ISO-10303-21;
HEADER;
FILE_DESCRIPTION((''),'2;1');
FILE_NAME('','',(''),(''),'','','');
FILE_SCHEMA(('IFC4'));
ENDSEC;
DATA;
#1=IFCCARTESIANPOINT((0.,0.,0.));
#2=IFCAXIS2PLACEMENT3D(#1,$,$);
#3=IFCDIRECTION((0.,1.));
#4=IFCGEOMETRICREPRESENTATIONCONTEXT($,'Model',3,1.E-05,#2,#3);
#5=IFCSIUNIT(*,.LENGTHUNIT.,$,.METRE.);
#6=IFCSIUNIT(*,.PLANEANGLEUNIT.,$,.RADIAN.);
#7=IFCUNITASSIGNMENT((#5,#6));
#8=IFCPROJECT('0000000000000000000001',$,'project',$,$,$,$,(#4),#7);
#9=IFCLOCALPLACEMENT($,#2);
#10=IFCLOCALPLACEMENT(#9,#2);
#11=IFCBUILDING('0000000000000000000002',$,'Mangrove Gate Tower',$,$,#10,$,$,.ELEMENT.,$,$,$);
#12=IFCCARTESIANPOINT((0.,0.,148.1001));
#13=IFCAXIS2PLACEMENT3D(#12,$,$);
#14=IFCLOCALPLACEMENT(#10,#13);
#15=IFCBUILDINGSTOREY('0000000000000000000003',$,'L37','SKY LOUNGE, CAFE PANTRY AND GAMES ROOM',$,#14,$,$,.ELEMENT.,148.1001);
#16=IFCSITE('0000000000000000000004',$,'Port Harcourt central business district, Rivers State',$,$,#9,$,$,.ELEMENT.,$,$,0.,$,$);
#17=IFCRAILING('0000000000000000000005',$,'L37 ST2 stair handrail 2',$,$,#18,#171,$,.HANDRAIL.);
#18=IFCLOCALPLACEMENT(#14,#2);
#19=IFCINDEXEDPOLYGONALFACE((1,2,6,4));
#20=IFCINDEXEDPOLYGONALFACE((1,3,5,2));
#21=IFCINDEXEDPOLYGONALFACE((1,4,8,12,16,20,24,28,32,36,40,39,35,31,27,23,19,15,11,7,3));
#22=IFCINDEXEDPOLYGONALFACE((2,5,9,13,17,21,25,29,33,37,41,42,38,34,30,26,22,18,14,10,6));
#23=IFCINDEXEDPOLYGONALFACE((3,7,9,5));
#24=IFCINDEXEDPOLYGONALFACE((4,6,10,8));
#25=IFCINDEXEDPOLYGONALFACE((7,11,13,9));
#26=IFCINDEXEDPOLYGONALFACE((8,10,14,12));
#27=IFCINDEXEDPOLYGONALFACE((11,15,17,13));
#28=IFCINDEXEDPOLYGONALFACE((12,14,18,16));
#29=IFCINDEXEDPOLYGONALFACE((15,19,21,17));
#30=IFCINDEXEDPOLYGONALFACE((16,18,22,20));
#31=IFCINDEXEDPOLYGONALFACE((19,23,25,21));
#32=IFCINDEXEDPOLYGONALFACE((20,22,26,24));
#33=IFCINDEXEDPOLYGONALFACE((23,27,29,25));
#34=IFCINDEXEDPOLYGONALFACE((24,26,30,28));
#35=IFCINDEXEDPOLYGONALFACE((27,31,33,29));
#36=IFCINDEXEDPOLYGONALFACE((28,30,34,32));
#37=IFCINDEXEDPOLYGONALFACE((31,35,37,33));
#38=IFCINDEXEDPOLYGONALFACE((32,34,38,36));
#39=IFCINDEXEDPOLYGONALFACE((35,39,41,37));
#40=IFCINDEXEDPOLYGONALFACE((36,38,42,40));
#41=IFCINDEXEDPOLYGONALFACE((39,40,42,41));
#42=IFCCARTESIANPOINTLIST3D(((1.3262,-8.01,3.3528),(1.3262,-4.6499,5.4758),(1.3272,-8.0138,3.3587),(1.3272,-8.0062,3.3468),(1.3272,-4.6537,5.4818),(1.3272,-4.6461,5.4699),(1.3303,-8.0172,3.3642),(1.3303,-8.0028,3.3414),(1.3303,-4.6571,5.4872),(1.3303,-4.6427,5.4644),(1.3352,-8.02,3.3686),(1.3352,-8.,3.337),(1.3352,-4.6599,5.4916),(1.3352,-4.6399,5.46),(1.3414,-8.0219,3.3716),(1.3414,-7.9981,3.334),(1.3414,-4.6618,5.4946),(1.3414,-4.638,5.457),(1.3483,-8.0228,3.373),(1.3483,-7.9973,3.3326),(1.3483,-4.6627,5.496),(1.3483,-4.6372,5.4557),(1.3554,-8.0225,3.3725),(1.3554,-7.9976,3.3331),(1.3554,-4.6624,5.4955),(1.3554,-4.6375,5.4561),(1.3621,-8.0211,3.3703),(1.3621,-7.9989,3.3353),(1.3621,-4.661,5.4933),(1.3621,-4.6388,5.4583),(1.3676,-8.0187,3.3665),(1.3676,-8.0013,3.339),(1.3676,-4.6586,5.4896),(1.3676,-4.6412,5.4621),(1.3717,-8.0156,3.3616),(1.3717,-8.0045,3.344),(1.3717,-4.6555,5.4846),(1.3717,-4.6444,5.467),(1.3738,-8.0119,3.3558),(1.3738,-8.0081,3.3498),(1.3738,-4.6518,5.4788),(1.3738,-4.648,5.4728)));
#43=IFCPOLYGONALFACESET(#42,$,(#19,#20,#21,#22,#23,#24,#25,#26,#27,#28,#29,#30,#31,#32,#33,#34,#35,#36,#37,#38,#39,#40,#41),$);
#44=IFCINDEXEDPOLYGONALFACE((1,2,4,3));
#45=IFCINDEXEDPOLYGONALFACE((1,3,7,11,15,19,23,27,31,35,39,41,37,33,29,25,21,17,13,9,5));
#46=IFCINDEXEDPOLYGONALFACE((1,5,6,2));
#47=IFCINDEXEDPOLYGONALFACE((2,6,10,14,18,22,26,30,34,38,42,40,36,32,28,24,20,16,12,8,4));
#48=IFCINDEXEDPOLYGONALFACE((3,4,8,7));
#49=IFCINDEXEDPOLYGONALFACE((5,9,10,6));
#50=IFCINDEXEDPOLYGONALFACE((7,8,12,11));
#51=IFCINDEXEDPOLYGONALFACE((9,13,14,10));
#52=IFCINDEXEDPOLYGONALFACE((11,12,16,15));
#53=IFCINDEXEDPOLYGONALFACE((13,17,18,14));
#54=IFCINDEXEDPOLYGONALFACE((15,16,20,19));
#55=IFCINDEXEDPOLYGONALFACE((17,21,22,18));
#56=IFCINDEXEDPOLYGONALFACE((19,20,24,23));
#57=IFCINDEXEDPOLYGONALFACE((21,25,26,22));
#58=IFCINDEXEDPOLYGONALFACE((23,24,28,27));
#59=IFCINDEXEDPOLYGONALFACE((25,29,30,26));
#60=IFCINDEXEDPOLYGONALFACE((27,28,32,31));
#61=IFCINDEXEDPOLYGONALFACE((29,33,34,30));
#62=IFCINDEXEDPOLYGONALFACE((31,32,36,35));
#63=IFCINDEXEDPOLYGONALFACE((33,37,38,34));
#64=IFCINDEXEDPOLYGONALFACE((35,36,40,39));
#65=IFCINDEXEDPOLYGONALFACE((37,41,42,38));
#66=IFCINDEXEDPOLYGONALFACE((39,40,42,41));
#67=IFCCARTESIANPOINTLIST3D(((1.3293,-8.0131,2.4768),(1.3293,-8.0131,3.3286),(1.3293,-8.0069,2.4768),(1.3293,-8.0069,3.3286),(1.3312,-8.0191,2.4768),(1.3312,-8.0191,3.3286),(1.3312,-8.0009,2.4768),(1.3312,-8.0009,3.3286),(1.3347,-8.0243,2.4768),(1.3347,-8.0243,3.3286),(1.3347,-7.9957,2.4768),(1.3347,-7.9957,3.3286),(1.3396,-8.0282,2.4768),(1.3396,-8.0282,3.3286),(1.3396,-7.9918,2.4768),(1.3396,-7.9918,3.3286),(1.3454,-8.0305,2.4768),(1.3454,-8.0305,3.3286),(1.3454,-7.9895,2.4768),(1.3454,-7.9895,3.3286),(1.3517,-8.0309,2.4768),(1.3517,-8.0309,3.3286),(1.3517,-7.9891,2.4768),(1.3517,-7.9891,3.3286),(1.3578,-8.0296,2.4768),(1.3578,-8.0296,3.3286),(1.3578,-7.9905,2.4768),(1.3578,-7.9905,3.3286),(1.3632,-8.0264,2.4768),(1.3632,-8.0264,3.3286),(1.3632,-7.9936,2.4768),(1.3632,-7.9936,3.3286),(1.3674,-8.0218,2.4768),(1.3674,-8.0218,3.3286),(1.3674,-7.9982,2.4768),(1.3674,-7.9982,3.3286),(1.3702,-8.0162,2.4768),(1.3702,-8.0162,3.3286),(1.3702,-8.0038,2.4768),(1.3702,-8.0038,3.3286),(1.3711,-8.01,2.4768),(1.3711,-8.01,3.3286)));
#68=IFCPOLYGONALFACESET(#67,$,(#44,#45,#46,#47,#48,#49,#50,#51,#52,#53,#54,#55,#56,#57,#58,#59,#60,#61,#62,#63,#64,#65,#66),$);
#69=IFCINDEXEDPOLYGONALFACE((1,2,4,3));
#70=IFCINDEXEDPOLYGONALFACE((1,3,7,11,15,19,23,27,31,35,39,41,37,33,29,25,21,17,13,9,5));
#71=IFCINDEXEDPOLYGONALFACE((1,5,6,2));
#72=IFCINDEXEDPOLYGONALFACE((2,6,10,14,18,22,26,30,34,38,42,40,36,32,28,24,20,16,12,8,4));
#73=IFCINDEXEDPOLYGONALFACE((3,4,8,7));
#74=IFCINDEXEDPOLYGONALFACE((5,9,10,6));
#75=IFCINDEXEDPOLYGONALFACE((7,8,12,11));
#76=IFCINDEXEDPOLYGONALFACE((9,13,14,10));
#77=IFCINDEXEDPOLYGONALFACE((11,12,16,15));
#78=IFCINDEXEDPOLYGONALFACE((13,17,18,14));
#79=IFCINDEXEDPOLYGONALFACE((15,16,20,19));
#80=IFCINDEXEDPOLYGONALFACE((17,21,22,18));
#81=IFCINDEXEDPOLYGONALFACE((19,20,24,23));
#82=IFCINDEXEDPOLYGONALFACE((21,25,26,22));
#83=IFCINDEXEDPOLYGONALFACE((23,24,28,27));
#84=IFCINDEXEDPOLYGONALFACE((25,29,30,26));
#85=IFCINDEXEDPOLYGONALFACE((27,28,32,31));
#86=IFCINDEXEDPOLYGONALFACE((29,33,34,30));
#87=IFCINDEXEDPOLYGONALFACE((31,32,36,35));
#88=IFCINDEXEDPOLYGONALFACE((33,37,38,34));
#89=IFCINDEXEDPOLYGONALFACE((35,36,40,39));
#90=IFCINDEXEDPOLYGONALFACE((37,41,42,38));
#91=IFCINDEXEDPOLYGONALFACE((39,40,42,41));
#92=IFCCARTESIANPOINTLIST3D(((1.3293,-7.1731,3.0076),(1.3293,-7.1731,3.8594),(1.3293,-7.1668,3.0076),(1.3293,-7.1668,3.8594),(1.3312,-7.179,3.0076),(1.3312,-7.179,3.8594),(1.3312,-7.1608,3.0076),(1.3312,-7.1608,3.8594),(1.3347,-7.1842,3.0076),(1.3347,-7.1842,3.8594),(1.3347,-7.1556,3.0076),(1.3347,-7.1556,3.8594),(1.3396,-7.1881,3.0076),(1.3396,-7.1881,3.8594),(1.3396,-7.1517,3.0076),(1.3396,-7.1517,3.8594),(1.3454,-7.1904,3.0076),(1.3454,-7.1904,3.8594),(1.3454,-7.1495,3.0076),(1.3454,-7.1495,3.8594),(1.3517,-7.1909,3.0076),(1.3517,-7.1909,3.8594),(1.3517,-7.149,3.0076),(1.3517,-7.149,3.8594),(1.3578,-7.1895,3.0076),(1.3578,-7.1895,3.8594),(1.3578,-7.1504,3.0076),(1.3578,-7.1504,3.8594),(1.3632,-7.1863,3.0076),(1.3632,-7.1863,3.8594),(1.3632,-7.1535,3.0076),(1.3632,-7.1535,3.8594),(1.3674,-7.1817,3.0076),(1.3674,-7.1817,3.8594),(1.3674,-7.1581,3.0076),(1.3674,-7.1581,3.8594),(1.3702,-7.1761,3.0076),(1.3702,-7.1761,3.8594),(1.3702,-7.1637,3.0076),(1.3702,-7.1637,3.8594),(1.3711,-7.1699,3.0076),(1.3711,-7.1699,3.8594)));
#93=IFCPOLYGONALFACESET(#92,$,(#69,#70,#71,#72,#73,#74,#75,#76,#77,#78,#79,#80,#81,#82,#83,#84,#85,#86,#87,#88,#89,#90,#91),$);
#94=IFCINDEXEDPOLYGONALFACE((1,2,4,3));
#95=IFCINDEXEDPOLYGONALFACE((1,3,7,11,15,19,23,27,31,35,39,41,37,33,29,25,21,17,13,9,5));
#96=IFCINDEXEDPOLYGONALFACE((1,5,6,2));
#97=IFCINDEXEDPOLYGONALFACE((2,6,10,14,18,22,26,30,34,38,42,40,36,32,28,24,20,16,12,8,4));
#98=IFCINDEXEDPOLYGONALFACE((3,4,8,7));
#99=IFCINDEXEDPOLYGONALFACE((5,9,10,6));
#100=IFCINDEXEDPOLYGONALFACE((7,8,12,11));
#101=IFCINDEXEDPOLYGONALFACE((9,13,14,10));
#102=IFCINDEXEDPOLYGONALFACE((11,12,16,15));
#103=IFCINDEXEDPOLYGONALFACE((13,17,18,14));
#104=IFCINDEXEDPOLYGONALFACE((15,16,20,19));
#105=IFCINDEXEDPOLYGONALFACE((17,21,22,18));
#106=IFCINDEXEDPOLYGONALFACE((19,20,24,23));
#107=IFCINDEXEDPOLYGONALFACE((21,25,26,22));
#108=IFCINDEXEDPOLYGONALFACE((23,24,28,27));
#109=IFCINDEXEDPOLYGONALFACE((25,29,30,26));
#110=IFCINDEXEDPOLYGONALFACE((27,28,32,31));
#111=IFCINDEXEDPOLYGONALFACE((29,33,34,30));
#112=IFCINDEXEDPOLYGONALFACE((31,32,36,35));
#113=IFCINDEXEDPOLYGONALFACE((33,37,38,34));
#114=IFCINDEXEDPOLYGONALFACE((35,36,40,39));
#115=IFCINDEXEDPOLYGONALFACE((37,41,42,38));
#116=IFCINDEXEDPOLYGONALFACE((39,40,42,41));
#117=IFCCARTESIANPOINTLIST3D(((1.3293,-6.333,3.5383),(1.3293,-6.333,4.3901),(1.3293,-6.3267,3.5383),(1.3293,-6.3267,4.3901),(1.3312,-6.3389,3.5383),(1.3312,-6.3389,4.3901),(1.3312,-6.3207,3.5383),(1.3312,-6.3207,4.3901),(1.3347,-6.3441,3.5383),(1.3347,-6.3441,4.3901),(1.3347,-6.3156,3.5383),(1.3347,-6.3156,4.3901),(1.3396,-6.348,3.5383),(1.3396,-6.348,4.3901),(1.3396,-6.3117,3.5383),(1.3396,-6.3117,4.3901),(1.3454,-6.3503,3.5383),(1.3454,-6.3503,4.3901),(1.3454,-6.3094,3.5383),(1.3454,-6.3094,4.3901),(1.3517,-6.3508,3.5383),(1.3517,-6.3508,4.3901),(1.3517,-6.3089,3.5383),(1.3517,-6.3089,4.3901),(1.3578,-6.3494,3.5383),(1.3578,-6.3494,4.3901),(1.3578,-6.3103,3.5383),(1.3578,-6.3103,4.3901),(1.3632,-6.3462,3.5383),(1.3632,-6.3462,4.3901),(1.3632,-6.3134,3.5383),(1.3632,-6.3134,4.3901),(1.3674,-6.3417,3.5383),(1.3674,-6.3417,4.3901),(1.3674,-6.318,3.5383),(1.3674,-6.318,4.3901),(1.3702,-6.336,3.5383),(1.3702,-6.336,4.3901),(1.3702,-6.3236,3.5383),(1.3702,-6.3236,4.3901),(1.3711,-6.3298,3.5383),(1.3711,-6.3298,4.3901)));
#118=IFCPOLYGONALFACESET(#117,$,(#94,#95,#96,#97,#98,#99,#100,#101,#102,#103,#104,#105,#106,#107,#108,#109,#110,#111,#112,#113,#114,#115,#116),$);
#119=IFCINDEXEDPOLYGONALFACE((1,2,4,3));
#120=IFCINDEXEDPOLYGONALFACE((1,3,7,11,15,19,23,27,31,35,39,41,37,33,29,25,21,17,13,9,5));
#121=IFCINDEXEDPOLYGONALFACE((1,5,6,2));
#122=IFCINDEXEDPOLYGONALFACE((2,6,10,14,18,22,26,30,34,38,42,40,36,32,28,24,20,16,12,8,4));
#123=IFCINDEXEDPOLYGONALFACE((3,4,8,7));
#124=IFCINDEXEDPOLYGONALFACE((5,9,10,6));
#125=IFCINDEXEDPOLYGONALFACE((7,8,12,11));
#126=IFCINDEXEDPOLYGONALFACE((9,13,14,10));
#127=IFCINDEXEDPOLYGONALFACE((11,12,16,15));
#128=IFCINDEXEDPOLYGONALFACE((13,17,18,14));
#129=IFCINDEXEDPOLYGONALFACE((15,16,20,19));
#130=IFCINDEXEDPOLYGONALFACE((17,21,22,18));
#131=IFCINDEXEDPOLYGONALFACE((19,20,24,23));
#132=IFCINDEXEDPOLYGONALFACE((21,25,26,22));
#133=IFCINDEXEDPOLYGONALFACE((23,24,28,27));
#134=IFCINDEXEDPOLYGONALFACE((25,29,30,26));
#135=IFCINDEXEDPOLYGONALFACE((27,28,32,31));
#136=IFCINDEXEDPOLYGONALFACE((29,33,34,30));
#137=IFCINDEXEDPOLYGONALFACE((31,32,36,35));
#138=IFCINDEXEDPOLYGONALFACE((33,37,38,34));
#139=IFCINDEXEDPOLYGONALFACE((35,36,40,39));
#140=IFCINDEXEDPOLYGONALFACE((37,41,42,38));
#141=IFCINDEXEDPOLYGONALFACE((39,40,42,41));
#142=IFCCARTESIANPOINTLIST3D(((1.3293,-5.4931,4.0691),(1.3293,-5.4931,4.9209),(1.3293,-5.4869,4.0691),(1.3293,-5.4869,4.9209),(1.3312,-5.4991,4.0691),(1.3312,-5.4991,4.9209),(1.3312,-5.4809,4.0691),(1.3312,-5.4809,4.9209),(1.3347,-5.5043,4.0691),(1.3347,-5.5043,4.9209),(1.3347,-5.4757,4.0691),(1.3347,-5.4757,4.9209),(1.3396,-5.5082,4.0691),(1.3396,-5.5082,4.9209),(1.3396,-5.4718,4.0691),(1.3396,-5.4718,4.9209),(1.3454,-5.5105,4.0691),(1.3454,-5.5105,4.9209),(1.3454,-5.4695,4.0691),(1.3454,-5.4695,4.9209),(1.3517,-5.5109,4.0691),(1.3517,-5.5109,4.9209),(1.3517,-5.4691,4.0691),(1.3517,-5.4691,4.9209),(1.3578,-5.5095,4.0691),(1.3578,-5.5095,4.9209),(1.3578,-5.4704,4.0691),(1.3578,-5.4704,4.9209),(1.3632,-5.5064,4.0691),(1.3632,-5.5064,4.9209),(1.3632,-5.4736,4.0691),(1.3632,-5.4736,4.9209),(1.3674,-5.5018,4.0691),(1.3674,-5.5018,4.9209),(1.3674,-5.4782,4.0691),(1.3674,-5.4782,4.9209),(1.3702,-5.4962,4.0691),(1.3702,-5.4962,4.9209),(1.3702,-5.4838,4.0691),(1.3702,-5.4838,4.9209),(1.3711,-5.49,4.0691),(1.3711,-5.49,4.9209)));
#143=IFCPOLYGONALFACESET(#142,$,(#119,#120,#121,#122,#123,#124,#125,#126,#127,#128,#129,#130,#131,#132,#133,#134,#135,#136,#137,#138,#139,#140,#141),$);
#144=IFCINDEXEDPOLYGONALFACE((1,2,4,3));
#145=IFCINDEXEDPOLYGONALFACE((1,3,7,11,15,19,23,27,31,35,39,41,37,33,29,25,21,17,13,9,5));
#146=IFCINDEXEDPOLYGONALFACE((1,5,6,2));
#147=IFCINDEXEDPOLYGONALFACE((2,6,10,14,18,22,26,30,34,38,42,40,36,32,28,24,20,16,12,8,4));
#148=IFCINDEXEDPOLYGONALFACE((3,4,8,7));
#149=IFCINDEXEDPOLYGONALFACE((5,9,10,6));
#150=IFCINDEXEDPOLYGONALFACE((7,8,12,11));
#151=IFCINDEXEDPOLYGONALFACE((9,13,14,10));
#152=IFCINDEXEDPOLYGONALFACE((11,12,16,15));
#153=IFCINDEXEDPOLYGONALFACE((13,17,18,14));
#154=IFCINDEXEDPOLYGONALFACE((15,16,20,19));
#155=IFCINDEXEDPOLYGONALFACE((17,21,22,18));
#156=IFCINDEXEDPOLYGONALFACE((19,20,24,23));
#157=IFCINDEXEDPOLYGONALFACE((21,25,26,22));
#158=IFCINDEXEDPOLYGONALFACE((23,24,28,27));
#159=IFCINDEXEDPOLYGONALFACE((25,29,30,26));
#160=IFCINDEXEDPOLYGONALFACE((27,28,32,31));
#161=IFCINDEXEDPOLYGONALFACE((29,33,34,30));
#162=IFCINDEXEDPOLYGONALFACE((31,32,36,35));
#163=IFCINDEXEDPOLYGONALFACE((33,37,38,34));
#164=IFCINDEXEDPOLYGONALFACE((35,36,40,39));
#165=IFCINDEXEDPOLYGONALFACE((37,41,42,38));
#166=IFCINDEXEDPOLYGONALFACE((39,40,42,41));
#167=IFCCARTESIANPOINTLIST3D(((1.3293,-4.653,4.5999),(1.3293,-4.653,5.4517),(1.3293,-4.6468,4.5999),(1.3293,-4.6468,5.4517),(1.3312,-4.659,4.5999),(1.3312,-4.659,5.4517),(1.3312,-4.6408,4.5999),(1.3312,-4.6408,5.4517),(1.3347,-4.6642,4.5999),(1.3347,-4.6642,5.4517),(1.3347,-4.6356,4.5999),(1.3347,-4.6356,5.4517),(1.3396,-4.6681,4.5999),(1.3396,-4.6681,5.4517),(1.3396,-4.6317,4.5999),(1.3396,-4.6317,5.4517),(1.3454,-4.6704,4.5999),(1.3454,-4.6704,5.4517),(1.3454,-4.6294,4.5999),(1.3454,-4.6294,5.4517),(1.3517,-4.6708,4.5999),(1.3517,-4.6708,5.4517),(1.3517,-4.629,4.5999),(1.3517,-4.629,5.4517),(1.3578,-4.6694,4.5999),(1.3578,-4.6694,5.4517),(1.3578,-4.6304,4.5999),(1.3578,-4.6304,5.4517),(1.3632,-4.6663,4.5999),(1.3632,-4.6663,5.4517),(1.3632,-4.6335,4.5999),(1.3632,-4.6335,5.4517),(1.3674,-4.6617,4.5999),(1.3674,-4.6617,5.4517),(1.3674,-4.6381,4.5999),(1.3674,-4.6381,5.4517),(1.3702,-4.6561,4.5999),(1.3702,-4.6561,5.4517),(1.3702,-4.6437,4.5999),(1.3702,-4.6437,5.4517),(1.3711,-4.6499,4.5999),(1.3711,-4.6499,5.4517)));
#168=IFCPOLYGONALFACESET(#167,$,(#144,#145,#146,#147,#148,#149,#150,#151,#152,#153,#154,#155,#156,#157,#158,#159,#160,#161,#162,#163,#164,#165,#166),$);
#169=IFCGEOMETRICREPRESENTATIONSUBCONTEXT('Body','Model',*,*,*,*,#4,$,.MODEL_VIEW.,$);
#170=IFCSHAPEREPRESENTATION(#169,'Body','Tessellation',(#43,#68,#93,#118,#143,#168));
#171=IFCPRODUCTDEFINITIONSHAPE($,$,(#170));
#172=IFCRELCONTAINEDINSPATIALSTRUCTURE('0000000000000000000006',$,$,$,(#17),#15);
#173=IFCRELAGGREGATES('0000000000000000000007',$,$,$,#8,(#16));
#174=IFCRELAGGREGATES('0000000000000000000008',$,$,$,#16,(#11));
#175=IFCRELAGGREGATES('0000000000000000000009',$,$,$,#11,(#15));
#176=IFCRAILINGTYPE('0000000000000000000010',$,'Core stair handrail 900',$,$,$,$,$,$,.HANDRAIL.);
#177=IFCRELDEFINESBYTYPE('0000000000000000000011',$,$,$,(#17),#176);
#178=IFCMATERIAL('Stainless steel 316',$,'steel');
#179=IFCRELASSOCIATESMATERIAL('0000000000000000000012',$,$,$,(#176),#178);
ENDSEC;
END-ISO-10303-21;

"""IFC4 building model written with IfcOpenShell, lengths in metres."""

from ifc_helpers import new_model, si_unit, direction, frame, origin, origin_2d, place, context, subcontext, project, spatial, circle, extrude, material, type_object, element, save


model = new_model("IFC4")

# Units and contexts
model_context = context("Model", 3, precision=1e-05, world=origin(), true_north=direction((0.0, 1.0)))
body_context = subcontext(model_context, "Body", "Model", "MODEL_VIEW")
ifc_project = project(units=[si_unit("LENGTHUNIT", "METRE"), si_unit("PLANEANGLEUNIT", "RADIAN")], contexts=[model_context])

# Site, building, storey
site_placement = place(None, origin())
site = spatial("IfcSite", under=ifc_project, at=site_placement, Name="Port Harcourt central business district, Rivers State", CompositionType="ELEMENT", RefElevation=0.0)
building_placement = place(site_placement, origin())
building = spatial("IfcBuilding", under=site, at=building_placement, Name="Mangrove Gate Tower", CompositionType="ELEMENT")
storey_placement = place(building_placement, frame((0.0, 0.0, 148.1001)))
storey = spatial("IfcBuildingStorey", under=building, at=storey_placement, Name="L37", Description="SKY LOUNGE, CAFE PANTRY AND GAMES ROOM", CompositionType="ELEMENT", Elevation=148.1001)

# Railing
ifc_material_1 = material(Name="Stainless steel 316", Category="steel")
railing_type_1 = type_object("IfcRailingType", Name="Core stair handrail 900", PredefinedType="HANDRAIL", material=ifc_material_1)
railing_1_placement = place(storey_placement, frame((1.3501, -8.01, 2.4768)))
element("IfcRailing", 1, at=railing_1_placement, inside=storey, type_object=railing_type_1, Name="L37 ST2 stair handrail 2", PredefinedType="HANDRAIL", context=body_context, shape_type="SweptSolid", body=[
    extrude(circle(Radius=0.0239, at=origin_2d()), frame((0.0, 0.0, 0.876), z_axis=(0.0, 0.84539, 0.53415), x_axis=(-1.0, 0.0, 0.0)), (0.0, 0.0, 1.0), 3.9746),
    extrude(circle(Radius=0.021, at=origin_2d()), origin(), (0.0, 0.0, 1.0), 0.8518),
    extrude(circle(Radius=0.021, at=origin_2d()), frame((0.0, 0.8401, 0.5308)), (0.0, 0.0, 1.0), 0.8518),
    extrude(circle(Radius=0.021, at=origin_2d()), frame((0.0, 1.6802, 1.0615)), (0.0, 0.0, 1.0), 0.8518),
    extrude(circle(Radius=0.021, at=origin_2d()), frame((0.0, 2.52, 1.5923)), (0.0, 0.0, 1.0), 0.8518),
    extrude(circle(Radius=0.021, at=origin_2d()), frame((0.0, 3.3601, 2.123)), (0.0, 0.0, 1.0), 0.8518),
])

save(model, "model.ifc")
